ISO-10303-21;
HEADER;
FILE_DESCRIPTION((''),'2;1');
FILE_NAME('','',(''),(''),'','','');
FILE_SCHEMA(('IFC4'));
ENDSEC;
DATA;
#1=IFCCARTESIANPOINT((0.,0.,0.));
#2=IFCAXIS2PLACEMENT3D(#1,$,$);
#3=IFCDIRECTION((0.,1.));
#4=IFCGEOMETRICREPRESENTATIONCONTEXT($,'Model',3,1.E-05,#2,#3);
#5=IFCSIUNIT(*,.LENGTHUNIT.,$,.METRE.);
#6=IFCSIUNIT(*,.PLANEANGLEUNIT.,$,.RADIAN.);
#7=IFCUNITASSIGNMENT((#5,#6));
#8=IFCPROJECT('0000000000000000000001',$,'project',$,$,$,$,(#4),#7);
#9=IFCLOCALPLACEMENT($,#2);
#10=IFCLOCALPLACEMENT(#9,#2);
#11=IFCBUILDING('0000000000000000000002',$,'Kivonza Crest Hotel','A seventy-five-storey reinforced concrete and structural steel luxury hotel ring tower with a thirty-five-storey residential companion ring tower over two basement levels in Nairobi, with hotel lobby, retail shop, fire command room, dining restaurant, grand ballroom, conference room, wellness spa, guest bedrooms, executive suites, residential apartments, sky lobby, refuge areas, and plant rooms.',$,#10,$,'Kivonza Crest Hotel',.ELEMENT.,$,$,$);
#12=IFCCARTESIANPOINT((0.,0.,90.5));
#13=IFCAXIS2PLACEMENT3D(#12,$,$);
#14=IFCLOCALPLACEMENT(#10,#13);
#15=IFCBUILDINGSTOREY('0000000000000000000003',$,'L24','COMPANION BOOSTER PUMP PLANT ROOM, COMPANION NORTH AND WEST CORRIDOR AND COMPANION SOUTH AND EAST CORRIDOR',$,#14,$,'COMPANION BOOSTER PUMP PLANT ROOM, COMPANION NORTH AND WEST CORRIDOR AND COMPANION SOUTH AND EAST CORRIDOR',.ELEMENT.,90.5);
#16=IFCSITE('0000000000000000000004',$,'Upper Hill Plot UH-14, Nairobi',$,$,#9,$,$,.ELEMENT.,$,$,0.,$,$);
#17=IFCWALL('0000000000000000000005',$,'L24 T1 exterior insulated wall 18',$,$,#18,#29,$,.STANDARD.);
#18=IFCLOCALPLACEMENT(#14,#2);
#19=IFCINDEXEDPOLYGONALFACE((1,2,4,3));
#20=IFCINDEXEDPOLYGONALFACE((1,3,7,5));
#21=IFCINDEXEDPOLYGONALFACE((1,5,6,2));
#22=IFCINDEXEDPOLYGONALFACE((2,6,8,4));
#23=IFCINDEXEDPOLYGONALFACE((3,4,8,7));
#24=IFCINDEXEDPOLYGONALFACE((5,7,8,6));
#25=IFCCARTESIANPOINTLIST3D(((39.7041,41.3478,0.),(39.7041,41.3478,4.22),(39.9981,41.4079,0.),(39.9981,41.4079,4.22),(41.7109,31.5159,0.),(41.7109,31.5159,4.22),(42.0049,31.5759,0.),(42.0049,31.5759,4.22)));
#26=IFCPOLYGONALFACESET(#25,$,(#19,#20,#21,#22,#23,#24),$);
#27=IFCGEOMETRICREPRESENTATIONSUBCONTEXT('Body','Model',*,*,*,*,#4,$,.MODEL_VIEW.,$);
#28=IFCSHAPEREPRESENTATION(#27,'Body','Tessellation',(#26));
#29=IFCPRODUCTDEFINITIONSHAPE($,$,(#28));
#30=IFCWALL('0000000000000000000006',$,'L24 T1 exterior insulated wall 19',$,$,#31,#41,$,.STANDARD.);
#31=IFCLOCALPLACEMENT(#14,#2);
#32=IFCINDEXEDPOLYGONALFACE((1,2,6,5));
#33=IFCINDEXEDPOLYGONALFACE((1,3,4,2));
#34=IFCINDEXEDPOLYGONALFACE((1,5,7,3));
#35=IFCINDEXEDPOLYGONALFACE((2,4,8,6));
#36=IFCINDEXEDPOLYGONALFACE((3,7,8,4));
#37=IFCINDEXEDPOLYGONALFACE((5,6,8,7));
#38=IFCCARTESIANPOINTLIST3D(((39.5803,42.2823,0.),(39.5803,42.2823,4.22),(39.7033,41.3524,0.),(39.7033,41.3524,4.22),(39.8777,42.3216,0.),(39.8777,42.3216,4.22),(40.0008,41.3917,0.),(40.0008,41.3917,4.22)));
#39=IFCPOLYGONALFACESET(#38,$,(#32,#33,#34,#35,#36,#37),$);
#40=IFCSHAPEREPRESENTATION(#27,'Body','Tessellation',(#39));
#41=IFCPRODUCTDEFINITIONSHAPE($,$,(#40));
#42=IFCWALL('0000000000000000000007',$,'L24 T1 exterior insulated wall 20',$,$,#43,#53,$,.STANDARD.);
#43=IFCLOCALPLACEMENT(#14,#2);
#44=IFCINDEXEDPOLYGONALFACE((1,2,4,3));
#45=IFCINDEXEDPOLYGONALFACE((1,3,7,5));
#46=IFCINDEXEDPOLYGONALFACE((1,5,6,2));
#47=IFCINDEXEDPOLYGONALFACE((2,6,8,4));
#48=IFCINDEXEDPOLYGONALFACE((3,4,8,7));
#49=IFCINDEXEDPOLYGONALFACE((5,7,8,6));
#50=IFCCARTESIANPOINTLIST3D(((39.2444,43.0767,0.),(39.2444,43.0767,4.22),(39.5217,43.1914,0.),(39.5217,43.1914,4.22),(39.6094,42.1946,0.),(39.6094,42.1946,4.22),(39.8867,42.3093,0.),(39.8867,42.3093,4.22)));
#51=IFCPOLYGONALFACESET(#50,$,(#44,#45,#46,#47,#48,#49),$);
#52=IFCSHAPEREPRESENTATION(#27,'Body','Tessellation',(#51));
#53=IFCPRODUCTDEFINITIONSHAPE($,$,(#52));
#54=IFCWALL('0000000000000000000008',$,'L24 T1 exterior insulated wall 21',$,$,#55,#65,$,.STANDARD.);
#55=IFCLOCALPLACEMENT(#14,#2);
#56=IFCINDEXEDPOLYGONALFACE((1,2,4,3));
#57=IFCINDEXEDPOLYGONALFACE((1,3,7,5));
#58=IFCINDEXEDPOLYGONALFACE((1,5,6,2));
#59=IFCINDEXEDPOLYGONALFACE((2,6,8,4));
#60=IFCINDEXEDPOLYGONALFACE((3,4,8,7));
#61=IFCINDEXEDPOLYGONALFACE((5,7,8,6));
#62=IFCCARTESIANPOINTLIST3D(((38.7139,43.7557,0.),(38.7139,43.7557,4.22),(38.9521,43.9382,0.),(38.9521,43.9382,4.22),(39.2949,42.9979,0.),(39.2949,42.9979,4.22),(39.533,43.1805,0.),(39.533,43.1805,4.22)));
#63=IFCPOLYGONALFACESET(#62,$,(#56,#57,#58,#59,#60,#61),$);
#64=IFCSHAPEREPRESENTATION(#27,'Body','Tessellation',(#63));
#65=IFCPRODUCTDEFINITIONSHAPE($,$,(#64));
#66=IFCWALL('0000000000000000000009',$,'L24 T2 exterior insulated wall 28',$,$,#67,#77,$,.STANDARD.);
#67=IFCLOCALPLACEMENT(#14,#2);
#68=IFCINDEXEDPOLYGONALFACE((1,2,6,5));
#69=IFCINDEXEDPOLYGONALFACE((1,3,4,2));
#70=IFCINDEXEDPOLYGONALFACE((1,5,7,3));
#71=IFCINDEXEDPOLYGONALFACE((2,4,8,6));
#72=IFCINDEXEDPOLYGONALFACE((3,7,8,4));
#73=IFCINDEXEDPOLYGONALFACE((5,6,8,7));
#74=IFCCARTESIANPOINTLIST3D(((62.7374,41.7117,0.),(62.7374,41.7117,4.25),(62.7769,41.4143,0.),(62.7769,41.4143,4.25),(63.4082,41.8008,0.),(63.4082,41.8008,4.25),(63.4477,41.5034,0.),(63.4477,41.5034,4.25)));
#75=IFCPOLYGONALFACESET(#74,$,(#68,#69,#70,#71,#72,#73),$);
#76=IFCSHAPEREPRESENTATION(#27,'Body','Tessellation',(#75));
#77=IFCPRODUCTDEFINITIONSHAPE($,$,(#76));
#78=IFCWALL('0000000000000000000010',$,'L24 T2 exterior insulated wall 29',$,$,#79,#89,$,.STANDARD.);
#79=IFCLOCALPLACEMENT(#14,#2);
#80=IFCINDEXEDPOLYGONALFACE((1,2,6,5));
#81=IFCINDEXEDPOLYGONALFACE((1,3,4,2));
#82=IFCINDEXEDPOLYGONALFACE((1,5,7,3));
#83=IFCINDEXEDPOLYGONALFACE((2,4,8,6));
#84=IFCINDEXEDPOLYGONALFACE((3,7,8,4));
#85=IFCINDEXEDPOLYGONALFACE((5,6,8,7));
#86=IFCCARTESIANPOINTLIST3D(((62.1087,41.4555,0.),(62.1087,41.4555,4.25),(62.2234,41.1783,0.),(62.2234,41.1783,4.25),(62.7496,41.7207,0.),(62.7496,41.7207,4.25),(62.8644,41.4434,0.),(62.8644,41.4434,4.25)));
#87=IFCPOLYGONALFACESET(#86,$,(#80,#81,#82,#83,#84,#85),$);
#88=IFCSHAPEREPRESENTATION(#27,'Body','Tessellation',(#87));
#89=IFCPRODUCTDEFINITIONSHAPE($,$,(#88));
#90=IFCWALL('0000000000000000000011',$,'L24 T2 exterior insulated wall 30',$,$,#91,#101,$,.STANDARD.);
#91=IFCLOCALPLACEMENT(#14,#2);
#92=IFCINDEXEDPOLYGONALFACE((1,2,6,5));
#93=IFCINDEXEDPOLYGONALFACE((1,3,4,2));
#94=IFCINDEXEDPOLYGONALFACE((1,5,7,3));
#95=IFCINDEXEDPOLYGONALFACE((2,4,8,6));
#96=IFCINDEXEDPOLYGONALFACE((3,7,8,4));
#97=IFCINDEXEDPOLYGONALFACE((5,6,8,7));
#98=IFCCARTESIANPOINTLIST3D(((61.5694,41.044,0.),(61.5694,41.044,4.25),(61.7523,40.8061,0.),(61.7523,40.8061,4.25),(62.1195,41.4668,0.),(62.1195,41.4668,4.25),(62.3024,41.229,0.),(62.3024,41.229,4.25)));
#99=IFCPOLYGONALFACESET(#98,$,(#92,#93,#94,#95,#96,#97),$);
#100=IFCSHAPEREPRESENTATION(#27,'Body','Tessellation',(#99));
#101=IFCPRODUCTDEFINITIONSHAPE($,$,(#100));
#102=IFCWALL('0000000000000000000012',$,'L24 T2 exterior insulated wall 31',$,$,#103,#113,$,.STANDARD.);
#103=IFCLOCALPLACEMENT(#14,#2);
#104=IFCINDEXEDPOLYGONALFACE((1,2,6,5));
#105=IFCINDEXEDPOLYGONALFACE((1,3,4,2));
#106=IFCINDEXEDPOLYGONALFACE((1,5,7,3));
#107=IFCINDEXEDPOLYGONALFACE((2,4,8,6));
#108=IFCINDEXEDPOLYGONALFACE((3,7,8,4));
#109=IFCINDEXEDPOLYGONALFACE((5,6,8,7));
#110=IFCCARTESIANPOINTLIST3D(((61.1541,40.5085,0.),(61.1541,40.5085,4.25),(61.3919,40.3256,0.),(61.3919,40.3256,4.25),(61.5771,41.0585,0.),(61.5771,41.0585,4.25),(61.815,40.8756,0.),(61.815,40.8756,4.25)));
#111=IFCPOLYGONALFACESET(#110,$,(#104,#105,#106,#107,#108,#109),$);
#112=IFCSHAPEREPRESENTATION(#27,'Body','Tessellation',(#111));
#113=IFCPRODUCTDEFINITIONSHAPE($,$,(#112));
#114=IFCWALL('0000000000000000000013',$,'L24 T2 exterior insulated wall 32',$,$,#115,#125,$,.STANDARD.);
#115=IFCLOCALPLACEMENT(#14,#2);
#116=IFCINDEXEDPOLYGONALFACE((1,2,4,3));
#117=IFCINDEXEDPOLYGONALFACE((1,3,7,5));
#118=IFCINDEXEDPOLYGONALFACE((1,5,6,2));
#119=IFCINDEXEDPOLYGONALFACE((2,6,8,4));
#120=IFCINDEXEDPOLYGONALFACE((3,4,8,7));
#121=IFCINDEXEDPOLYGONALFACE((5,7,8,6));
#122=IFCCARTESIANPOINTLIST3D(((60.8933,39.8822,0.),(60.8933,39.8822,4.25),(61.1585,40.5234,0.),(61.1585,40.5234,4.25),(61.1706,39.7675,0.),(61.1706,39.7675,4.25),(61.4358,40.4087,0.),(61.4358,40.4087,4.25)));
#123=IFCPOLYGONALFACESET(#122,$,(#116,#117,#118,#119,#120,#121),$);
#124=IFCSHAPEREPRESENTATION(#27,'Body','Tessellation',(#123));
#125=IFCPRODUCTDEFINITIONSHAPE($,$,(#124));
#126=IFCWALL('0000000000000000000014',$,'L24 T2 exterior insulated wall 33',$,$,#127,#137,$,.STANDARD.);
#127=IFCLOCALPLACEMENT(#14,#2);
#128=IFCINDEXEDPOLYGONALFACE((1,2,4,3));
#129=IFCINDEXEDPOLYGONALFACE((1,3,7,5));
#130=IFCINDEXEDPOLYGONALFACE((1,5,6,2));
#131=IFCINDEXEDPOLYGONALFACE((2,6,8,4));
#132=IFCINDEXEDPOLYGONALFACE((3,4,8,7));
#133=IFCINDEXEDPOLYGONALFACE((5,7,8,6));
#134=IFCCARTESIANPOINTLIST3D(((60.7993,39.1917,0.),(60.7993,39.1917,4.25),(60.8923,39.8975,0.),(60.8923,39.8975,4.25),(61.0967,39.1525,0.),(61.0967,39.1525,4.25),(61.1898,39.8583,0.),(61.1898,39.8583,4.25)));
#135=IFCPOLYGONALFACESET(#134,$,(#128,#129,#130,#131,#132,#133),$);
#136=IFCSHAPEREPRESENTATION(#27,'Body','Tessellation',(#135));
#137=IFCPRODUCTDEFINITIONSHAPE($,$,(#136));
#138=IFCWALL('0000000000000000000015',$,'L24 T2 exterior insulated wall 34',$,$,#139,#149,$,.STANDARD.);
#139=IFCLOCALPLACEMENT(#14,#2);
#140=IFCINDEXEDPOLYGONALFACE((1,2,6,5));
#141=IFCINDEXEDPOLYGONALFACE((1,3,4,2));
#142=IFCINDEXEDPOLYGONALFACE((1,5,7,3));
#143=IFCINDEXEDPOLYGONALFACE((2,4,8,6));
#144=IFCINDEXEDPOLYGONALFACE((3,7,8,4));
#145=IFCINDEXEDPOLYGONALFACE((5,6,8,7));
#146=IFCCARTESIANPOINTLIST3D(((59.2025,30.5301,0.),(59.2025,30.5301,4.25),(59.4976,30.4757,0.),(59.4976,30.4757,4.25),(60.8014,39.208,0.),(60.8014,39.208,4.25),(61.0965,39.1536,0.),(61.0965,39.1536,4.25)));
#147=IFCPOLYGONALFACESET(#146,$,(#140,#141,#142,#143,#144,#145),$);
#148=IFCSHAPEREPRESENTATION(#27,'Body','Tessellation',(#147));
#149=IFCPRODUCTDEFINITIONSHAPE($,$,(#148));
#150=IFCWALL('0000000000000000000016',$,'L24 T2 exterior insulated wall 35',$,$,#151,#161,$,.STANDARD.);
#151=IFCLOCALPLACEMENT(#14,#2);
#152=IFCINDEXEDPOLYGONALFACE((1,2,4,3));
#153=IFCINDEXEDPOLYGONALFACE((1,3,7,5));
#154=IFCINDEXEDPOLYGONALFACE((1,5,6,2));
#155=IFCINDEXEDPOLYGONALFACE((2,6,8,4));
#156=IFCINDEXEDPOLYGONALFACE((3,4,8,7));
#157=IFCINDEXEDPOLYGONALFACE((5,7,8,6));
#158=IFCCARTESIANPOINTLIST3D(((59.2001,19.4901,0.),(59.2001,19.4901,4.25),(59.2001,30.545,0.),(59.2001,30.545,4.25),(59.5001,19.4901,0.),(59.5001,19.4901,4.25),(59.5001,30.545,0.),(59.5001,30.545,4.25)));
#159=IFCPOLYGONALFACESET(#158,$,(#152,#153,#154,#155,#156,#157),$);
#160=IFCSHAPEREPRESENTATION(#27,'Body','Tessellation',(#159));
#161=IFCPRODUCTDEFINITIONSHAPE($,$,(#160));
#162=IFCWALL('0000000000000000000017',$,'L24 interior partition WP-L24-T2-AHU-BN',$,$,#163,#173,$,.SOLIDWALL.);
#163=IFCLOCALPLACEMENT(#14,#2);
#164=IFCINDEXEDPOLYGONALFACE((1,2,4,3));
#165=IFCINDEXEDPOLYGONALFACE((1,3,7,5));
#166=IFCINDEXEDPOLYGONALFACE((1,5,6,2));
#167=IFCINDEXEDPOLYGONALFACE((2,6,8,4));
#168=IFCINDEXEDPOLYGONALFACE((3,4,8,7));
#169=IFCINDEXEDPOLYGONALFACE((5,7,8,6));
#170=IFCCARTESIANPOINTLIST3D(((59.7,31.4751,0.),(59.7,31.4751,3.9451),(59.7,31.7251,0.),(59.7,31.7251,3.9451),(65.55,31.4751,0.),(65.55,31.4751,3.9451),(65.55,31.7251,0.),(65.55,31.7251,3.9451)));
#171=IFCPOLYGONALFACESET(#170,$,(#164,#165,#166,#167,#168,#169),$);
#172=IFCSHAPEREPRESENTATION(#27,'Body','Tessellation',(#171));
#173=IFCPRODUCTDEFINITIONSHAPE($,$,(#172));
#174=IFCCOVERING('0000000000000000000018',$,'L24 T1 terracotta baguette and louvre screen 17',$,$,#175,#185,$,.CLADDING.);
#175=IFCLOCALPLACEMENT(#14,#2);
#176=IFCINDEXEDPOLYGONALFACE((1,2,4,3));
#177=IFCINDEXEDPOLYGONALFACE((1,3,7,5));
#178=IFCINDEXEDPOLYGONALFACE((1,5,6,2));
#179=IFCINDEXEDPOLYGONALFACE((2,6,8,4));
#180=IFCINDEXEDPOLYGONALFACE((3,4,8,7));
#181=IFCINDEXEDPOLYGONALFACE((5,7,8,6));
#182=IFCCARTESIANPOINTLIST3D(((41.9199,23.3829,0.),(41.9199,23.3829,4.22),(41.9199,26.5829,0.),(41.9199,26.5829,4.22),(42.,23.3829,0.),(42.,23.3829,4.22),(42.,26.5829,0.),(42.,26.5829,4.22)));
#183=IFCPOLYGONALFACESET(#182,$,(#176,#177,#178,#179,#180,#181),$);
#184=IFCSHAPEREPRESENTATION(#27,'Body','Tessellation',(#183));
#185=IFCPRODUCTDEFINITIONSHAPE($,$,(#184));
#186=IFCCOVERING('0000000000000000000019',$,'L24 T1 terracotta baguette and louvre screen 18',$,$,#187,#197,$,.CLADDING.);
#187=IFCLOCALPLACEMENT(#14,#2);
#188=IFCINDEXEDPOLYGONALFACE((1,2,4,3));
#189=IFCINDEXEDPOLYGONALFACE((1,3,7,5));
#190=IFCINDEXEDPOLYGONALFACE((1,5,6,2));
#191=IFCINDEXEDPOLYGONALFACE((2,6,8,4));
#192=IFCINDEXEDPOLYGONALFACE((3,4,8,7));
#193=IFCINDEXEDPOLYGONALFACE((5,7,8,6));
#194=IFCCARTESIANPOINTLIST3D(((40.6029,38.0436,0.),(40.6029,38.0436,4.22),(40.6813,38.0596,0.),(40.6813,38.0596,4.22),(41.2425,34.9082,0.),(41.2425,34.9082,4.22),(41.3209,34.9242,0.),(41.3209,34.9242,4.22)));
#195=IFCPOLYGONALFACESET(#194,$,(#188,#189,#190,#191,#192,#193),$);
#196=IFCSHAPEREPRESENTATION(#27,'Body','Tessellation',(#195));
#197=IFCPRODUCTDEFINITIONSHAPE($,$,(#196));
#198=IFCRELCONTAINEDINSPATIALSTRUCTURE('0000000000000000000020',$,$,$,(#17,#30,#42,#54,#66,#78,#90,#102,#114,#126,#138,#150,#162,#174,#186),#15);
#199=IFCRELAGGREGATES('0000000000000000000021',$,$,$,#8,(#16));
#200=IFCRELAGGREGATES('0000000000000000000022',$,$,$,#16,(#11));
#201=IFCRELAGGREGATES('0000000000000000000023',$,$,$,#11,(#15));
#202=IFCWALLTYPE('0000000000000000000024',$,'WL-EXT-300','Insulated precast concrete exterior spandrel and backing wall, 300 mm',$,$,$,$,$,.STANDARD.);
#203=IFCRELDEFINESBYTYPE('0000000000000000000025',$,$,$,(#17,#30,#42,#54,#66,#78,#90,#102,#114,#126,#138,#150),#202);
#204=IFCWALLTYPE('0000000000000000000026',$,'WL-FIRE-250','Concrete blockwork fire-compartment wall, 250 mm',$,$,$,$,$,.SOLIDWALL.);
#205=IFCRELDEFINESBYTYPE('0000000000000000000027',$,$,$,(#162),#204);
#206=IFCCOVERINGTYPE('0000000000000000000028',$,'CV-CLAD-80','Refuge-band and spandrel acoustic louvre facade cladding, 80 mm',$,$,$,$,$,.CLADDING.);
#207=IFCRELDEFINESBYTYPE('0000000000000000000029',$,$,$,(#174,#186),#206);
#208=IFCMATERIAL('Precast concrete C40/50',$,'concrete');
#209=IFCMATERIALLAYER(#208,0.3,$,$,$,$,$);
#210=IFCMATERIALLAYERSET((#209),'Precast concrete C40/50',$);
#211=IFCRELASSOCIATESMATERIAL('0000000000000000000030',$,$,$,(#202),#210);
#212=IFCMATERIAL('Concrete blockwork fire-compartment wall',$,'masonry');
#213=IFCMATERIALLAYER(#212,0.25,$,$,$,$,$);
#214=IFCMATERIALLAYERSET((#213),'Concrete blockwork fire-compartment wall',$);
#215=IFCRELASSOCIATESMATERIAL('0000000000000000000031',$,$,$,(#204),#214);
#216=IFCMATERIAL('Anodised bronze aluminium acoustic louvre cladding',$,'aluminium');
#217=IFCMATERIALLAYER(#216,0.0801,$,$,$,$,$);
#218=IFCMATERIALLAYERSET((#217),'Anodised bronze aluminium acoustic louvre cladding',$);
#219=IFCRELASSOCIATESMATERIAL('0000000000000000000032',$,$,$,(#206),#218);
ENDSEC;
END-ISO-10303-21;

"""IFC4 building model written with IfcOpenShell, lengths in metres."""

from ifc_helpers import new_model, si_unit, direction, frame, frame_2d, origin, origin_2d, place, context, subcontext, project, spatial, rectangle, extrude, material, layer, layer_set, type_object, element, save


model = new_model("IFC4")

# Units and contexts
model_context = context("Model", 3, precision=1e-05, world=origin(), true_north=direction((0.0, 1.0)))
body_context = subcontext(model_context, "Body", "Model", "MODEL_VIEW")
ifc_project = project(units=[si_unit("LENGTHUNIT", "METRE"), si_unit("PLANEANGLEUNIT", "RADIAN")], contexts=[model_context])

# Site, building, storey
site_placement = place(None, origin())
site = spatial("IfcSite", under=ifc_project, at=site_placement, Name="Upper Hill Plot UH-14, Nairobi", CompositionType="ELEMENT", RefElevation=0.0)
building_placement = place(site_placement, origin())
building = spatial("IfcBuilding", under=site, at=building_placement, Name="Kivonza Crest Hotel", Description="A seventy-five-storey reinforced concrete and structural steel luxury hotel ring tower with a thirty-five-storey residential companion ring tower over two basement levels in Nairobi, with hotel lobby, retail shop, fire command room, dining restaurant, grand ballroom, conference room, wellness spa, guest bedrooms, executive suites, residential apartments, sky lobby, refuge areas, and plant rooms.", LongName="Kivonza Crest Hotel", CompositionType="ELEMENT")
storey_placement = place(building_placement, frame((0.0, 0.0, 90.5)))
storey = spatial("IfcBuildingStorey", under=building, at=storey_placement, Name="L24", Description="COMPANION BOOSTER PUMP PLANT ROOM, COMPANION NORTH AND WEST CORRIDOR AND COMPANION SOUTH AND EAST CORRIDOR", LongName="COMPANION BOOSTER PUMP PLANT ROOM, COMPANION NORTH AND WEST CORRIDOR AND COMPANION SOUTH AND EAST CORRIDOR", CompositionType="ELEMENT", Elevation=90.5)

# Walls
ifc_material_1 = material(Name="Precast concrete C40/50", Category="concrete")
ifc_layer_1 = layer(ifc_material_1, 0.3)
ifc_layer_set_1 = layer_set([ifc_layer_1], Name="Precast concrete C40/50")
wall_type_1 = type_object("IfcWallType", Name="WL-EXT-300", Description="Insulated precast concrete exterior spandrel and backing wall, 300 mm", PredefinedType="STANDARD", material=ifc_layer_set_1)
wall_1_placement = place(storey_placement, frame((41.8579, 31.5459, 0.0), z_axis=(0.0, 0.0, 1.0), x_axis=(-0.199989, 0.979798, 0.0)))
element("IfcWall", 1, at=wall_1_placement, inside=storey, type_object=wall_type_1, Name="L24 T1 exterior insulated wall 18", PredefinedType="STANDARD", context=body_context, shape_type="SweptSolid", body=[
    extrude(rectangle(XDim=10.0347, YDim=0.3, at=frame_2d((5.0173, 0.0))), origin(), (0.0, 0.0, 1.0), 4.22),
])
wall_2_placement = place(storey_placement, frame((39.8521, 41.3721, 0.0), z_axis=(0.0, 0.0, 1.0), x_axis=(-0.131175, 0.991359, 0.0)))
element("IfcWall", 2, at=wall_2_placement, inside=storey, type_object=wall_type_1, Name="L24 T1 exterior insulated wall 19", PredefinedType="STANDARD", context=body_context, shape_type="SweptSolid", body=[
    extrude(rectangle(XDim=0.938, YDim=0.3, at=frame_2d((0.469, 0.0))), origin(), (0.0, 0.0, 1.0), 4.22),
])
wall_3_placement = place(storey_placement, frame((39.748, 42.252, 0.0), z_axis=(0.0, 0.0, 1.0), x_axis=(-0.382344, 0.92402, 0.0)))
element("IfcWall", 3, at=wall_3_placement, inside=storey, type_object=wall_type_1, Name="L24 T1 exterior insulated wall 20", PredefinedType="STANDARD", context=body_context, shape_type="SweptSolid", body=[
    extrude(rectangle(XDim=0.9546, YDim=0.3, at=frame_2d((0.4773, 0.0))), origin(), (0.0, 0.0, 1.0), 4.22),
])
wall_4_placement = place(storey_placement, frame((39.4141, 43.0891, 0.0), z_axis=(0.0, 0.0, 1.0), x_axis=(-0.608474, 0.793573, 0.0)))
element("IfcWall", 4, at=wall_4_placement, inside=storey, type_object=wall_type_1, Name="L24 T1 exterior insulated wall 21", PredefinedType="STANDARD", context=body_context, shape_type="SweptSolid", body=[
    extrude(rectangle(XDim=0.9548, YDim=0.3, at=frame_2d((0.4775, 0.0))), origin(), (0.0, 0.0, 1.0), 4.22),
])
wall_5_placement = place(storey_placement, frame((63.428, 41.6521, 0.0), z_axis=(0.0, 0.0, 1.0), x_axis=(-0.991294, -0.131667, 0.0)))
element("IfcWall", 5, at=wall_5_placement, inside=storey, type_object=wall_type_1, Name="L24 T2 exterior insulated wall 28", PredefinedType="STANDARD", context=body_context, shape_type="SweptSolid", body=[
    extrude(rectangle(XDim=0.6768, YDim=0.3, at=frame_2d((0.3384, 0.0))), origin(), (0.0, 0.0, 1.0), 4.25),
])
wall_6_placement = place(storey_placement, frame((62.8069, 41.582, 0.0), z_axis=(0.0, 0.0, 1.0), x_axis=(-0.924043, -0.38229, 0.0)))
element("IfcWall", 6, at=wall_6_placement, inside=storey, type_object=wall_type_1, Name="L24 T2 exterior insulated wall 29", PredefinedType="STANDARD", context=body_context, shape_type="SweptSolid", body=[
    extrude(rectangle(XDim=0.6936, YDim=0.3, at=frame_2d((0.3467, 0.0))), origin(), (0.0, 0.0, 1.0), 4.25),
])
for number, where, z_axis, x_axis, name in (
    (7, (62.2109, 41.3479, 0.0), (0.0, 0.0, 1.0), (-0.792807, -0.609473, 0.0), "L24 T2 exterior insulated wall 30"),
    (8, (61.696, 40.967, 0.0), (0.0, 0.0, 1.0), (-0.609694, -0.792637, 0.0), "L24 T2 exterior insulated wall 31"),
    (9, (61.2971, 40.4661, 0.0), (0.0, 0.0, 1.0), (-0.382165, -0.924094, 0.0), "L24 T2 exterior insulated wall 32"),
):
    element("IfcWall", number, at=place(storey_placement, frame(where, z_axis=z_axis, x_axis=x_axis)), inside=storey, type_object=wall_type_1, Name=name, PredefinedType="STANDARD", context=body_context, shape_type="SweptSolid", body=[
        extrude(rectangle(XDim=0.6938, YDim=0.3, at=frame_2d((0.3469, 0.0))), origin(), (0.0, 0.0, 1.0), 4.25),
    ])
wall_7_placement = place(storey_placement, frame((61.041, 39.8779, 0.0), z_axis=(0.0, 0.0, 1.0), x_axis=(-0.130659, -0.991427, 0.0)))
element("IfcWall", 10, at=wall_7_placement, inside=storey, type_object=wall_type_1, Name="L24 T2 exterior insulated wall 33", PredefinedType="STANDARD", context=body_context, shape_type="SweptSolid", body=[
    extrude(rectangle(XDim=0.7119, YDim=0.3, at=frame_2d((0.356, 0.0))), origin(), (0.0, 0.0, 1.0), 4.25),
])
wall_8_placement = place(storey_placement, frame((60.949, 39.1809, 0.0), z_axis=(0.0, 0.0, 1.0), x_axis=(-0.181196, -0.983447, 0.0)))
element("IfcWall", 11, at=wall_8_placement, inside=storey, type_object=wall_type_1, Name="L24 T2 exterior insulated wall 34", PredefinedType="STANDARD", context=body_context, shape_type="SweptSolid", body=[
    extrude(rectangle(XDim=8.824, YDim=0.3, at=frame_2d((4.4121, 0.0))), origin(), (0.0, 0.0, 1.0), 4.25),
])
wall_9_placement = place(storey_placement, frame((59.3501, 30.5449, 0.0), z_axis=(0.0, 0.0, 1.0), x_axis=(0.0, -1.0, 0.0)))
element("IfcWall", 12, at=wall_9_placement, inside=storey, type_object=wall_type_1, Name="L24 T2 exterior insulated wall 35", PredefinedType="STANDARD", context=body_context, shape_type="SweptSolid", body=[
    extrude(rectangle(XDim=11.0549, YDim=0.3, at=frame_2d((5.5273, 0.0))), origin(), (0.0, 0.0, 1.0), 4.25),
])
ifc_material_2 = material(Name="Concrete blockwork fire-compartment wall", Category="masonry")
ifc_layer_2 = layer(ifc_material_2, 0.25)
ifc_layer_set_2 = layer_set([ifc_layer_2], Name="Concrete blockwork fire-compartment wall")
wall_type_2 = type_object("IfcWallType", Name="WL-FIRE-250", Description="Concrete blockwork fire-compartment wall, 250 mm", PredefinedType="SOLIDWALL", material=ifc_layer_set_2)
wall_10_placement = place(storey_placement, frame((59.7, 31.6001, 0.0), z_axis=(0.0, 0.0, 1.0), x_axis=(1.0, 0.0, 0.0)))
element("IfcWall", 13, at=wall_10_placement, inside=storey, type_object=wall_type_2, Name="L24 interior partition WP-L24-T2-AHU-BN", PredefinedType="SOLIDWALL", context=body_context, shape_type="SweptSolid", body=[
    extrude(rectangle(XDim=5.8501, YDim=0.25, at=frame_2d((2.925, 0.0))), origin(), (0.0, 0.0, 1.0), 3.9451),
])

# Coverings
ifc_material_3 = material(Name="Anodised bronze aluminium acoustic louvre cladding", Category="aluminium")
ifc_layer_3 = layer(ifc_material_3, 0.0801)
ifc_layer_set_3 = layer_set([ifc_layer_3], Name="Anodised bronze aluminium acoustic louvre cladding")
covering_type = type_object("IfcCoveringType", Name="CV-CLAD-80", Description="Refuge-band and spandrel acoustic louvre facade cladding, 80 mm", PredefinedType="CLADDING", material=ifc_layer_set_3)
for number, where, z_axis, x_axis, name in (
    (14, (41.96, 24.9829, 0.0), (0.0, 0.0, 1.0), (0.0, 1.0, 0.0), "L24 T1 terracotta baguette and louvre screen 17"),
    (15, (40.9619, 36.4839, 0.0), (0.0, 0.0, 1.0), (-0.199881, 0.97982, 0.0), "L24 T1 terracotta baguette and louvre screen 18"),
):
    element("IfcCovering", number, at=place(storey_placement, frame(where, z_axis=z_axis, x_axis=x_axis)), inside=storey, type_object=covering_type, Name=name, PredefinedType="CLADDING", context=body_context, shape_type="SweptSolid", body=[
        extrude(rectangle(XDim=3.2, YDim=0.0801, at=origin_2d()), origin(), (0.0, 0.0, 1.0), 4.22),
    ])

save(model, "model.ifc")
